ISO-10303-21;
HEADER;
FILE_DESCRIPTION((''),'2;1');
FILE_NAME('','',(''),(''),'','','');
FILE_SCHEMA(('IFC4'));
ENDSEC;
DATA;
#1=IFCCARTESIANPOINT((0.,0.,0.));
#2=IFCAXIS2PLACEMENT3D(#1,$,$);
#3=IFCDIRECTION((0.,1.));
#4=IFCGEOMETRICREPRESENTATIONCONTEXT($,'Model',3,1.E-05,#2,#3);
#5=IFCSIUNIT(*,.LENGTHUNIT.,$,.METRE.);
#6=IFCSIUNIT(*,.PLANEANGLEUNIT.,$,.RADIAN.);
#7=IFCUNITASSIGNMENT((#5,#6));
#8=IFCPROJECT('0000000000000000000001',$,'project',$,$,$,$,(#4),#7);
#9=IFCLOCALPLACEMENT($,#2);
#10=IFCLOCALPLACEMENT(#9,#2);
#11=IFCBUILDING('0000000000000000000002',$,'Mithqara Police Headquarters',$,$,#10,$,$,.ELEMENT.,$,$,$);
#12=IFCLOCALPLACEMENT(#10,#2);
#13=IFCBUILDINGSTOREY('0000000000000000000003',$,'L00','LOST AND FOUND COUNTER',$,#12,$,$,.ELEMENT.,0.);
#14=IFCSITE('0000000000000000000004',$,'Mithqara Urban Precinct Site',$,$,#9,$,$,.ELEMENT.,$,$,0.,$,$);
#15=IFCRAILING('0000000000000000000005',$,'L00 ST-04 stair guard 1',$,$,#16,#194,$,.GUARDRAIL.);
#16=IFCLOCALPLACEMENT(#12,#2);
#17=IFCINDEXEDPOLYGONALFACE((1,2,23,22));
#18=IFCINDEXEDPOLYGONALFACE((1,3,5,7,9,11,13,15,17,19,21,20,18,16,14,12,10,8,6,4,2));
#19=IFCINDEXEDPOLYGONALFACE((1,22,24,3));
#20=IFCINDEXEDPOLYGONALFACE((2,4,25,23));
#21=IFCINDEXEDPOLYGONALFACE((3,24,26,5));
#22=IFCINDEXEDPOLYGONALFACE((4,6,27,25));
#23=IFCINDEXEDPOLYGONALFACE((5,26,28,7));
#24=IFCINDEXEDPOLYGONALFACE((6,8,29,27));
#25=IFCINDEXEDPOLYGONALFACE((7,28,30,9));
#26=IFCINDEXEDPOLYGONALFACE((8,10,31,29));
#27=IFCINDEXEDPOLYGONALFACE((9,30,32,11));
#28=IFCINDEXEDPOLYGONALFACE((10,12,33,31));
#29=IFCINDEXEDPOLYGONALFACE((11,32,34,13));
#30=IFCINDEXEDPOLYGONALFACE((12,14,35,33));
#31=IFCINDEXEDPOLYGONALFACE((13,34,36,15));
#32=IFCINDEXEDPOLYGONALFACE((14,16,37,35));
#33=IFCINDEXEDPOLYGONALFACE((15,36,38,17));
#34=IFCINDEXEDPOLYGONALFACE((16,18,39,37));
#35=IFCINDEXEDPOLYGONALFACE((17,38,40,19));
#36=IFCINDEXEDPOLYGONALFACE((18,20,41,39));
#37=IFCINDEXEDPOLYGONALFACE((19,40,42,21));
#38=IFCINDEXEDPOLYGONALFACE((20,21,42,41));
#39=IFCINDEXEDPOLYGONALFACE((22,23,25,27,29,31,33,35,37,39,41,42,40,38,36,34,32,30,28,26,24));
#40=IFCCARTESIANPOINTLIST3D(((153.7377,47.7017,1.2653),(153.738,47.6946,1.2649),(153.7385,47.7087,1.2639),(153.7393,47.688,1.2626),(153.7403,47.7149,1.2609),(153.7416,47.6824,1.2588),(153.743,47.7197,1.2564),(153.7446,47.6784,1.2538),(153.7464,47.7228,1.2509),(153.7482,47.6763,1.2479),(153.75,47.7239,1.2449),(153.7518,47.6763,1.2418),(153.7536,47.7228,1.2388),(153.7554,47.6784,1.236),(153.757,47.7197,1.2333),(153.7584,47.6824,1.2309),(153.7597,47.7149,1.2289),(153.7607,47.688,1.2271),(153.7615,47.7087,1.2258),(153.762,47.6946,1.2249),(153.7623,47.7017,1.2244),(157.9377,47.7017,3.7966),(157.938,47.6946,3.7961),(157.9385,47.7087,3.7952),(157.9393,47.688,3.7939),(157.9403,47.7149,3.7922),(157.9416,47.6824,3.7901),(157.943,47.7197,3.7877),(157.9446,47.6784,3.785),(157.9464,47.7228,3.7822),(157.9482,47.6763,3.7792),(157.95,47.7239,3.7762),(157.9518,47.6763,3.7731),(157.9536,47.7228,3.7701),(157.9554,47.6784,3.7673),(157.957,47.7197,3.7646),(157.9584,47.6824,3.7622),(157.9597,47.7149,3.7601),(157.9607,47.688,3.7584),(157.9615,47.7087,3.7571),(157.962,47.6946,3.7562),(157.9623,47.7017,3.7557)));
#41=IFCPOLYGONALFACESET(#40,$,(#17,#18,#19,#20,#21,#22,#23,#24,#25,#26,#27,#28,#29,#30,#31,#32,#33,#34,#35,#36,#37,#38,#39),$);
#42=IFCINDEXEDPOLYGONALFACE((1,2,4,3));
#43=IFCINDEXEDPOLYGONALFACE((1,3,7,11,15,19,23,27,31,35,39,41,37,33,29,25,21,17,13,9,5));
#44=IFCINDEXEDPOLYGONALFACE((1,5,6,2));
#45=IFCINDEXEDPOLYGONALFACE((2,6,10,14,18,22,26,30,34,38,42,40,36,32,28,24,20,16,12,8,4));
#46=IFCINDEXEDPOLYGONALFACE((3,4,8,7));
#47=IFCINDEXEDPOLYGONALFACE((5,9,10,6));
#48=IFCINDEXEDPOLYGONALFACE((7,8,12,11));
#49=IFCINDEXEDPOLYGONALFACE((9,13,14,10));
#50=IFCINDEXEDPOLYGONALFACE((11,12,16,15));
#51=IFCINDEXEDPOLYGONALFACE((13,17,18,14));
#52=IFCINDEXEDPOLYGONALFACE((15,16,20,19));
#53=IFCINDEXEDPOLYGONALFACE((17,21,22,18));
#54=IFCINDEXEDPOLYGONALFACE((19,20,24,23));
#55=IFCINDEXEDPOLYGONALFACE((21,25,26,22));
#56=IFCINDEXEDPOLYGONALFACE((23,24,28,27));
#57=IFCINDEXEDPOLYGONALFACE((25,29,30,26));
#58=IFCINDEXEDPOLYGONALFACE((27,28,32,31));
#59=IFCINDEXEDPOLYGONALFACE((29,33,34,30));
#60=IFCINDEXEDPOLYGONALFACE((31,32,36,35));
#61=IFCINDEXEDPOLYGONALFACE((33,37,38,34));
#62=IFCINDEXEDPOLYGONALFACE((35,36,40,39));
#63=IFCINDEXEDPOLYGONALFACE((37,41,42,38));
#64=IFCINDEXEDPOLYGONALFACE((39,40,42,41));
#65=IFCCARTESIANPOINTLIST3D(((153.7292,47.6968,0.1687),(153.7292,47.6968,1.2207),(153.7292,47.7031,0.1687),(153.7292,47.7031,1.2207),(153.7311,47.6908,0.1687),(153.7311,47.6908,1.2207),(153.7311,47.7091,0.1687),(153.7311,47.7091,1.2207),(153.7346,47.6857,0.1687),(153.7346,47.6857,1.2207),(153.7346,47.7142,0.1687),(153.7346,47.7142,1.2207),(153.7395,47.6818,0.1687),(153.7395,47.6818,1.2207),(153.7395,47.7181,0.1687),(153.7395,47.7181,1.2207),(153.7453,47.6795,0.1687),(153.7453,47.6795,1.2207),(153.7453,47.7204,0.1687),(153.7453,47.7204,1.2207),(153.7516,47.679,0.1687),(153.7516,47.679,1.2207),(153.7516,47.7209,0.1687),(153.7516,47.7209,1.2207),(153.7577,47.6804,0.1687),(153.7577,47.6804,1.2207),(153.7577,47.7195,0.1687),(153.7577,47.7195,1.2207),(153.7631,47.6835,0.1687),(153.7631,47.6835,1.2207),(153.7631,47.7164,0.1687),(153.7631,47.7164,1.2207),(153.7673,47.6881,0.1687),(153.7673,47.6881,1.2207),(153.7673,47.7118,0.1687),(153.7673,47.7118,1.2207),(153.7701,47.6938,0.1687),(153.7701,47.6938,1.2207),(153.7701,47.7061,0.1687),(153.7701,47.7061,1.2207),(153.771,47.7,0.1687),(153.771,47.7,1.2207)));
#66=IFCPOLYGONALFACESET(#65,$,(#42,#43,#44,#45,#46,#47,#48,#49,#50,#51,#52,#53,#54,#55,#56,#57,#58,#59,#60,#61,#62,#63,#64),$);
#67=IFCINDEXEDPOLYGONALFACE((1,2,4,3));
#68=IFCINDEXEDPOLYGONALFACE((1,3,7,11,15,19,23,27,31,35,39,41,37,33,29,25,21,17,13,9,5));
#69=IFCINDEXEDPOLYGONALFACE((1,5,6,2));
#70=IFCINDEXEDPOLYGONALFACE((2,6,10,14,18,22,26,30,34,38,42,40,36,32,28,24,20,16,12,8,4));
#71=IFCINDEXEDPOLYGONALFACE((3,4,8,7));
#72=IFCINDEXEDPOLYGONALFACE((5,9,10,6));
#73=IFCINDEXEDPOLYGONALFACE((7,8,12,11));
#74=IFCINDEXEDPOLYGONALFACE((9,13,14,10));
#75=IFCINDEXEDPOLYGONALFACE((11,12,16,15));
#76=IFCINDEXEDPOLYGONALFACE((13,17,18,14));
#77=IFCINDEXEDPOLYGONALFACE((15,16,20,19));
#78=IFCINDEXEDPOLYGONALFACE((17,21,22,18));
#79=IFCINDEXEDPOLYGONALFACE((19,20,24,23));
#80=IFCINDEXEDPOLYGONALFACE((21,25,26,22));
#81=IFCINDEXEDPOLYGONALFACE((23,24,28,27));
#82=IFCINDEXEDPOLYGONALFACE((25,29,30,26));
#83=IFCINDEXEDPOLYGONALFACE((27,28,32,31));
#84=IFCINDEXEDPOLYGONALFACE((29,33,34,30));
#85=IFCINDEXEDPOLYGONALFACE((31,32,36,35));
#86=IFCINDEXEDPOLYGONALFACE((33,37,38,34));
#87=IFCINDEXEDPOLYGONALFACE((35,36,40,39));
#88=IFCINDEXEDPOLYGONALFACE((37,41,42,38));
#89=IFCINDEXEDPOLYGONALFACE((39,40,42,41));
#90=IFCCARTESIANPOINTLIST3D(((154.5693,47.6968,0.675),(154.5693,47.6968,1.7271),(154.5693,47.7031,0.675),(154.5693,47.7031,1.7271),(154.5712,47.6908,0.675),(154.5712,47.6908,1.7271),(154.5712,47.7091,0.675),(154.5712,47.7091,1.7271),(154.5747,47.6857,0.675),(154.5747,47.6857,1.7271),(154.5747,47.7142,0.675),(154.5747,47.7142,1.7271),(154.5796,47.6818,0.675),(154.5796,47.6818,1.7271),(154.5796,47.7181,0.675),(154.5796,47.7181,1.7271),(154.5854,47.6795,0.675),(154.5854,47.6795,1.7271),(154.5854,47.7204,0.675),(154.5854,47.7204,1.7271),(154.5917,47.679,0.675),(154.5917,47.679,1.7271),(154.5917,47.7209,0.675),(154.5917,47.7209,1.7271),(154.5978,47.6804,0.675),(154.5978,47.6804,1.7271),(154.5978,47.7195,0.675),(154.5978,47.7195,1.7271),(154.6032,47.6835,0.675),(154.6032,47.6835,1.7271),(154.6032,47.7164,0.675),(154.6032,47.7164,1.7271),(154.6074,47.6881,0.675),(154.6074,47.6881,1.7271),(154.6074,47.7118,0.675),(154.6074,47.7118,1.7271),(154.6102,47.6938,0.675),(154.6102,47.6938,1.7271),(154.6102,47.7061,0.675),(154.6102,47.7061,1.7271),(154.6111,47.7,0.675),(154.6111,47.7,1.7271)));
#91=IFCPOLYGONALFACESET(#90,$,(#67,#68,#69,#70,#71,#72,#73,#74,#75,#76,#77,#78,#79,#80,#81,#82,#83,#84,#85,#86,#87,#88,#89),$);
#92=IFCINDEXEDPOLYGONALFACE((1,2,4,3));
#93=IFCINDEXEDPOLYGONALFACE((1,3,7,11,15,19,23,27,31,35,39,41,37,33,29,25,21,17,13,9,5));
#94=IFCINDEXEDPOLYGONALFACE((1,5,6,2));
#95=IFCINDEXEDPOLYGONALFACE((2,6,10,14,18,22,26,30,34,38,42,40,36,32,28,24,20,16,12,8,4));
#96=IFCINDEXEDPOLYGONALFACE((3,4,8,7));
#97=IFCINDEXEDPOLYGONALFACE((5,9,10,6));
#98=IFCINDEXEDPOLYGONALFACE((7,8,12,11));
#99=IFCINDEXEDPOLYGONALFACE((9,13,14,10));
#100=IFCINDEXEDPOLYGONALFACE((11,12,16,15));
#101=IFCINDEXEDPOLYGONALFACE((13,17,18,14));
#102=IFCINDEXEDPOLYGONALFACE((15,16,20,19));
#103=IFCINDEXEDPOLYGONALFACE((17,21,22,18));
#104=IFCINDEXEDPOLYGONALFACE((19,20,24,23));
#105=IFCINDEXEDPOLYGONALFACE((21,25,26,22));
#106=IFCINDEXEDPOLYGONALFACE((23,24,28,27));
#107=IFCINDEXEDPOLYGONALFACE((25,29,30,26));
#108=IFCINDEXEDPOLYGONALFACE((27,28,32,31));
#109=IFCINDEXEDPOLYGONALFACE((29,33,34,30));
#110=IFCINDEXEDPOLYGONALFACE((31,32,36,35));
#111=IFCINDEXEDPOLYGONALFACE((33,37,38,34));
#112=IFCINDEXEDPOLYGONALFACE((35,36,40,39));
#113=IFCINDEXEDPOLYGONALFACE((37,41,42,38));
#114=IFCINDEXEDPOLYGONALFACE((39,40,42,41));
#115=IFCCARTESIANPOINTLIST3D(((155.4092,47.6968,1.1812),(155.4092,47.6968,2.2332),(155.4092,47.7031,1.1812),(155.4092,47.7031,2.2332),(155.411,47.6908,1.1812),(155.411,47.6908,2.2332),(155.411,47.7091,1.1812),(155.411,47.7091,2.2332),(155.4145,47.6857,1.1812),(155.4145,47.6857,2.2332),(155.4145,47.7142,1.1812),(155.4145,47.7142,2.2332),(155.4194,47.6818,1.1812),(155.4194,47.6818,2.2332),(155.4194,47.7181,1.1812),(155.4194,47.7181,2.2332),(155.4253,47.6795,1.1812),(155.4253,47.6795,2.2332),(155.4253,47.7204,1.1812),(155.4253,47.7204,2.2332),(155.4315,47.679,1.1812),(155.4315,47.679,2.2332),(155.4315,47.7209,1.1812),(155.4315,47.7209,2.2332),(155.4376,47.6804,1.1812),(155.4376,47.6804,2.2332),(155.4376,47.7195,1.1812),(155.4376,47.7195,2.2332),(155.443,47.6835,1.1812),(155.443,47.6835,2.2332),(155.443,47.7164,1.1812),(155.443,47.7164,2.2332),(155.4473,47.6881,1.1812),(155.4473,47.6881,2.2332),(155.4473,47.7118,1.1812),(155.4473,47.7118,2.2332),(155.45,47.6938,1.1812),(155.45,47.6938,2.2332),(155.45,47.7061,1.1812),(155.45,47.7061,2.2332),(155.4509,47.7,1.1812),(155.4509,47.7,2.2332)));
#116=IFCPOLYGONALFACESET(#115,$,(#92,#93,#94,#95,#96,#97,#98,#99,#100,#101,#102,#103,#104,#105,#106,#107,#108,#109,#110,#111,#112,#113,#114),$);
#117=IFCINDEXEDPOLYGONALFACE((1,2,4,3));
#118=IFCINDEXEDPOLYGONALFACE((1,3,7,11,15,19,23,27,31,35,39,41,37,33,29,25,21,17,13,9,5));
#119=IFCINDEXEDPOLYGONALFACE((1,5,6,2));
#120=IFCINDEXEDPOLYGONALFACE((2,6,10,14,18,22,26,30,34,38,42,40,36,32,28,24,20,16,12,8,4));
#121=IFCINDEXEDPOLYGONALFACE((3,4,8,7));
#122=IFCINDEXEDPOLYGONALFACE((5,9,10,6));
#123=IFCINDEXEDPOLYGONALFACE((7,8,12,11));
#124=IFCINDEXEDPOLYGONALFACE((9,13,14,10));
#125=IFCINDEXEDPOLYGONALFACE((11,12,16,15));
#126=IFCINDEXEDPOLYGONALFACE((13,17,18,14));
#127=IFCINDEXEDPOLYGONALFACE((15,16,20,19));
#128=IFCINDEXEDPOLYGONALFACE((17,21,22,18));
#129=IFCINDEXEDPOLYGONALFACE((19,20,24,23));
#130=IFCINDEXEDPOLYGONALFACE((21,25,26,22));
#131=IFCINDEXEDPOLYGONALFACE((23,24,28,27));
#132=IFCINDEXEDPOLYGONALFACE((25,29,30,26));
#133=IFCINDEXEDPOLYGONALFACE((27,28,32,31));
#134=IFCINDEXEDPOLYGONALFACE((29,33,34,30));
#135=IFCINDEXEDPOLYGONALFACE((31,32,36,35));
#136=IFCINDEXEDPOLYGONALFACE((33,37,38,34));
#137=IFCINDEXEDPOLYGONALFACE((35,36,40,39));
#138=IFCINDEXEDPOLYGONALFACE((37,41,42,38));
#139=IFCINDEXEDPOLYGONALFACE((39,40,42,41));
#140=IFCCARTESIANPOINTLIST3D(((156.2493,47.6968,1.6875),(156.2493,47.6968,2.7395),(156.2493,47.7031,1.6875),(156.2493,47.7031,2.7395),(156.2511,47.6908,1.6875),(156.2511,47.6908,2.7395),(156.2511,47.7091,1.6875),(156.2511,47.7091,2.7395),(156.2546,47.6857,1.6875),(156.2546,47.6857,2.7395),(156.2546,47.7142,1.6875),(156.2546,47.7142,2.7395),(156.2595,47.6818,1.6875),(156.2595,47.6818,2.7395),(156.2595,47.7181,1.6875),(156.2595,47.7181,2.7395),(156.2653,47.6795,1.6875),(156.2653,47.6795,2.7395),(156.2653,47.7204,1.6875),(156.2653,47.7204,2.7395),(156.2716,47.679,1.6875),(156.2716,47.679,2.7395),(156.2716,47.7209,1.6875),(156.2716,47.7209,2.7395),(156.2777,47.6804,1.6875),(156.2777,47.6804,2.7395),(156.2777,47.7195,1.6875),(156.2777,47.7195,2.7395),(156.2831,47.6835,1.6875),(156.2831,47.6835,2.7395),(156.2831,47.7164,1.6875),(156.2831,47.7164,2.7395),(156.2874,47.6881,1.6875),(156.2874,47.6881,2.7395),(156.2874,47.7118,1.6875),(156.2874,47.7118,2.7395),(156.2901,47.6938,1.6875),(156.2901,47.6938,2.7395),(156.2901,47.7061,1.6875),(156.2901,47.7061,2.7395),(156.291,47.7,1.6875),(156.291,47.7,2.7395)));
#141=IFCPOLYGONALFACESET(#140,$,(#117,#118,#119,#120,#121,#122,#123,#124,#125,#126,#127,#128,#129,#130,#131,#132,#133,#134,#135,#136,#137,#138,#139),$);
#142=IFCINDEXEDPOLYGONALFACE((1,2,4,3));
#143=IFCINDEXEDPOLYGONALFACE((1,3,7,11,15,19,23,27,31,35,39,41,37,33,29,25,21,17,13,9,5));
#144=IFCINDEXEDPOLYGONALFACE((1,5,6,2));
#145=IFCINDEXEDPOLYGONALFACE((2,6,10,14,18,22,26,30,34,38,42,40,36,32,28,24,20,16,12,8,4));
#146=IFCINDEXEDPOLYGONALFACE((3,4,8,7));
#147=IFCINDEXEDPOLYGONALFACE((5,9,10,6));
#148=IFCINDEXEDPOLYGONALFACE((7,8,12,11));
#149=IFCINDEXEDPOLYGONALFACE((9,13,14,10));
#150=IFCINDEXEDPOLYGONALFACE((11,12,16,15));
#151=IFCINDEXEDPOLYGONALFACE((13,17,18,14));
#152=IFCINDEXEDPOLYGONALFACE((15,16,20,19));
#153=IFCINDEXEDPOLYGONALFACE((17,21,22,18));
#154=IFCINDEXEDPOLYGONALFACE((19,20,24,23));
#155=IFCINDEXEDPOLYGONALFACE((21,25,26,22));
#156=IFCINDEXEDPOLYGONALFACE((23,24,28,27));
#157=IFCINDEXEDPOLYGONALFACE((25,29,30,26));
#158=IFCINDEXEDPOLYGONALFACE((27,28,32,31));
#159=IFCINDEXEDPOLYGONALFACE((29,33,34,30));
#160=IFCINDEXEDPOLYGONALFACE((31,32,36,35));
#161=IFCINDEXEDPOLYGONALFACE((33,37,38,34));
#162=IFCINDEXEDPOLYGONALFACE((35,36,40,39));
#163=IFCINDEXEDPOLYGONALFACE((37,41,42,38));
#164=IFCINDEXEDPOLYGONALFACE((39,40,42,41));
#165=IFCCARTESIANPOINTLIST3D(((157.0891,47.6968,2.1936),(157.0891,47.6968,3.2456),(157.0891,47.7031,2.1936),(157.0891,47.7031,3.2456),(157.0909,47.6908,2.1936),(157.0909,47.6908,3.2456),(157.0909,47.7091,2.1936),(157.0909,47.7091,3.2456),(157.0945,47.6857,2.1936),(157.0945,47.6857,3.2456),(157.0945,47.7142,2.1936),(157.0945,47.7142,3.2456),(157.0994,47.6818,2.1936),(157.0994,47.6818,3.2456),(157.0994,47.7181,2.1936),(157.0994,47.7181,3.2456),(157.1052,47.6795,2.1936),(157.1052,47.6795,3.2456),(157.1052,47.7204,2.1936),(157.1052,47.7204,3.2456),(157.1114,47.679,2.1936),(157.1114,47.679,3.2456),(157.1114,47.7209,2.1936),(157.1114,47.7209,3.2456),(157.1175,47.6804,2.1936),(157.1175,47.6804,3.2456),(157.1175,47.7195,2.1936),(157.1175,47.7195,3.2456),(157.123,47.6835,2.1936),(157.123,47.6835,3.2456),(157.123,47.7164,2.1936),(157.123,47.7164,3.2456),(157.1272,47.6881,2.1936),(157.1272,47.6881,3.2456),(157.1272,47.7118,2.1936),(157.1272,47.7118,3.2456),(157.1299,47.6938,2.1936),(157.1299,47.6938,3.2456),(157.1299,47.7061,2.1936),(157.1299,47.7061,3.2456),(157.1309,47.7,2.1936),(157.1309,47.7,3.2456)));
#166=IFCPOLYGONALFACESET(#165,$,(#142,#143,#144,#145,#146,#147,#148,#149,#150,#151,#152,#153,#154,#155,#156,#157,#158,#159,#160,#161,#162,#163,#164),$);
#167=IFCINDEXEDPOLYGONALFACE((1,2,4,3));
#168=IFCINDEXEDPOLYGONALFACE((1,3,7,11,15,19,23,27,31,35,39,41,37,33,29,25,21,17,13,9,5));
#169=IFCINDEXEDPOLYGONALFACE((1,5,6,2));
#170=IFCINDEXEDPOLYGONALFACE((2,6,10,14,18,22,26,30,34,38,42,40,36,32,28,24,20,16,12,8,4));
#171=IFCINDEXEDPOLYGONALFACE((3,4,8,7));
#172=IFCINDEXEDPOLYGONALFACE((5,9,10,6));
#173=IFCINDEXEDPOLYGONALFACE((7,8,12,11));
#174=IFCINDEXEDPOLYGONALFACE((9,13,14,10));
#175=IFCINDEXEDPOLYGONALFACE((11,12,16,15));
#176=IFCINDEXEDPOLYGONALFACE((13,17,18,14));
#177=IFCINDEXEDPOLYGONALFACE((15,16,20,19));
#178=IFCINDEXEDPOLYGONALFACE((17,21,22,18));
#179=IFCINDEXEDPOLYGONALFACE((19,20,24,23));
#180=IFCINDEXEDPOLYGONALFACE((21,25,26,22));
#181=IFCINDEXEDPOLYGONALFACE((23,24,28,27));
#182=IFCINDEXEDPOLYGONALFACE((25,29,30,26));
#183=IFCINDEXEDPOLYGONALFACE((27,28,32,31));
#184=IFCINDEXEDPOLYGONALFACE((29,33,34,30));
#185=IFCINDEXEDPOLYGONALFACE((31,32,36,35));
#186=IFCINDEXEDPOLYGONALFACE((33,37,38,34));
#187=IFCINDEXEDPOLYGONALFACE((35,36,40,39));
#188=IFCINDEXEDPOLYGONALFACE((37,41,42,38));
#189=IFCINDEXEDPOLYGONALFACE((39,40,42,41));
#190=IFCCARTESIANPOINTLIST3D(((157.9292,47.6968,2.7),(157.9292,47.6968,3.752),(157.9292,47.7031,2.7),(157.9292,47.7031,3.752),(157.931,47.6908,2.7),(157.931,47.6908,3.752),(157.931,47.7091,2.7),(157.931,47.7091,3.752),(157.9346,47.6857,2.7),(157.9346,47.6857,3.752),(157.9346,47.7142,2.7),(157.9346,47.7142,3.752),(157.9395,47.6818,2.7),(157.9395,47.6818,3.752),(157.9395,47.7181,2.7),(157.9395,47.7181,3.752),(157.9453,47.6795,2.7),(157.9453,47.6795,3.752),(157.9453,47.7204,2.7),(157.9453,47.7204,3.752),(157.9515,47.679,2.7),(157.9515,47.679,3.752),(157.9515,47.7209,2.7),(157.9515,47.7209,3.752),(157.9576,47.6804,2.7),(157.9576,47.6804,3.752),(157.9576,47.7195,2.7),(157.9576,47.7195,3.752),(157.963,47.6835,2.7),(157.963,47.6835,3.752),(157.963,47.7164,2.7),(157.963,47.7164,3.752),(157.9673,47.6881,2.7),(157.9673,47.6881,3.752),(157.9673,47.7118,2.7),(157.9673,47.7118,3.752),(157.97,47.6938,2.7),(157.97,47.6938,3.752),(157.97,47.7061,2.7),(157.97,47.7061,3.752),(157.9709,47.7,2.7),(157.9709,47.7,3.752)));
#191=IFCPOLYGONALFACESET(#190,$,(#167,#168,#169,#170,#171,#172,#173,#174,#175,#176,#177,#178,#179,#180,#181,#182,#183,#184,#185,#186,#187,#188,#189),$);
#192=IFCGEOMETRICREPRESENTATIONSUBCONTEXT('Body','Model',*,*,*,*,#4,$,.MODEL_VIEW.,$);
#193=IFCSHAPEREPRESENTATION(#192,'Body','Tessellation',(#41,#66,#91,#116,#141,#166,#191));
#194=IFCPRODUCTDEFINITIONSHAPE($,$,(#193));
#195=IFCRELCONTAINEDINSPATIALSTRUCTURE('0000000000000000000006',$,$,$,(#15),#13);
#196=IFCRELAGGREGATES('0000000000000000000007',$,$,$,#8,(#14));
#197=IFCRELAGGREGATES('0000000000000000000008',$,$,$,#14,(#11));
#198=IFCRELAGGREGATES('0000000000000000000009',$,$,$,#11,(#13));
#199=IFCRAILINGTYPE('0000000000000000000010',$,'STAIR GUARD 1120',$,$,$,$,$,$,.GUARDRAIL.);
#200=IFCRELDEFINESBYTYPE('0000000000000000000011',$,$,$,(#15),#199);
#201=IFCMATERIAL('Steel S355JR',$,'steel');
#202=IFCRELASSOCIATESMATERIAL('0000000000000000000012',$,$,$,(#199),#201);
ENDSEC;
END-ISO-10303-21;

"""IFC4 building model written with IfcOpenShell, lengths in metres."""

from ifc_helpers import new_model, si_unit, direction, frame, origin, origin_2d, place, context, subcontext, project, spatial, circle, extrude, material, type_object, element, save


model = new_model("IFC4")

# Units and contexts
model_context = context("Model", 3, precision=1e-05, world=origin(), true_north=direction((0.0, 1.0)))
body_context = subcontext(model_context, "Body", "Model", "MODEL_VIEW")
ifc_project = project(units=[si_unit("LENGTHUNIT", "METRE"), si_unit("PLANEANGLEUNIT", "RADIAN")], contexts=[model_context])

# Site, building, storey
site_placement = place(None, origin())
site = spatial("IfcSite", under=ifc_project, at=site_placement, Name="Mithqara Urban Precinct Site", CompositionType="ELEMENT", RefElevation=0.0)
building_placement = place(site_placement, origin())
building = spatial("IfcBuilding", under=site, at=building_placement, Name="Mithqara Police Headquarters", CompositionType="ELEMENT")
storey_placement = place(building_placement, origin())
storey = spatial("IfcBuildingStorey", under=building, at=storey_placement, Name="L00", Description="LOST AND FOUND COUNTER", CompositionType="ELEMENT", Elevation=0.0)

# Shared definitions
ifc_material_1 = material(Name="Steel S355JR", Category="steel")

# Railing
railing_type_1 = type_object("IfcRailingType", Name="STAIR GUARD 1120", PredefinedType="GUARDRAIL", material=ifc_material_1)
railing_1_placement = place(storey_placement, frame((153.75, 47.7, 0.1687)))
element("IfcRailing", 1, at=railing_1_placement, inside=storey, type_object=railing_type_1, Name="L00 ST-04 stair guard 1", PredefinedType="GUARDRAIL", context=body_context, shape_type="SweptSolid", body=[
    extrude(circle(Radius=0.0239, at=origin_2d()), frame((0.0, 0.0, 1.0762), z_axis=(0.856476, 0.0, 0.516186), x_axis=(0.0, 1.0, 0.0)), (0.0, 0.0, 1.0), 4.9038),
    extrude(circle(Radius=0.021, at=origin_2d()), origin(), (0.0, 0.0, 1.0), 1.052),
    extrude(circle(Radius=0.021, at=origin_2d()), frame((0.8401, 0.0, 0.5063)), (0.0, 0.0, 1.0), 1.052),
    extrude(circle(Radius=0.021, at=origin_2d()), frame((1.6799, 0.0, 1.0125)), (0.0, 0.0, 1.0), 1.052),
    extrude(circle(Radius=0.021, at=origin_2d()), frame((2.52, 0.0, 1.5188)), (0.0, 0.0, 1.0), 1.052),
    extrude(circle(Radius=0.021, at=origin_2d()), frame((3.3599, 0.0, 2.0249)), (0.0, 0.0, 1.0), 1.052),
    extrude(circle(Radius=0.021, at=origin_2d()), frame((4.2, 0.0, 2.5312)), (0.0, 0.0, 1.0), 1.052),
])

save(model, "model.ifc")
